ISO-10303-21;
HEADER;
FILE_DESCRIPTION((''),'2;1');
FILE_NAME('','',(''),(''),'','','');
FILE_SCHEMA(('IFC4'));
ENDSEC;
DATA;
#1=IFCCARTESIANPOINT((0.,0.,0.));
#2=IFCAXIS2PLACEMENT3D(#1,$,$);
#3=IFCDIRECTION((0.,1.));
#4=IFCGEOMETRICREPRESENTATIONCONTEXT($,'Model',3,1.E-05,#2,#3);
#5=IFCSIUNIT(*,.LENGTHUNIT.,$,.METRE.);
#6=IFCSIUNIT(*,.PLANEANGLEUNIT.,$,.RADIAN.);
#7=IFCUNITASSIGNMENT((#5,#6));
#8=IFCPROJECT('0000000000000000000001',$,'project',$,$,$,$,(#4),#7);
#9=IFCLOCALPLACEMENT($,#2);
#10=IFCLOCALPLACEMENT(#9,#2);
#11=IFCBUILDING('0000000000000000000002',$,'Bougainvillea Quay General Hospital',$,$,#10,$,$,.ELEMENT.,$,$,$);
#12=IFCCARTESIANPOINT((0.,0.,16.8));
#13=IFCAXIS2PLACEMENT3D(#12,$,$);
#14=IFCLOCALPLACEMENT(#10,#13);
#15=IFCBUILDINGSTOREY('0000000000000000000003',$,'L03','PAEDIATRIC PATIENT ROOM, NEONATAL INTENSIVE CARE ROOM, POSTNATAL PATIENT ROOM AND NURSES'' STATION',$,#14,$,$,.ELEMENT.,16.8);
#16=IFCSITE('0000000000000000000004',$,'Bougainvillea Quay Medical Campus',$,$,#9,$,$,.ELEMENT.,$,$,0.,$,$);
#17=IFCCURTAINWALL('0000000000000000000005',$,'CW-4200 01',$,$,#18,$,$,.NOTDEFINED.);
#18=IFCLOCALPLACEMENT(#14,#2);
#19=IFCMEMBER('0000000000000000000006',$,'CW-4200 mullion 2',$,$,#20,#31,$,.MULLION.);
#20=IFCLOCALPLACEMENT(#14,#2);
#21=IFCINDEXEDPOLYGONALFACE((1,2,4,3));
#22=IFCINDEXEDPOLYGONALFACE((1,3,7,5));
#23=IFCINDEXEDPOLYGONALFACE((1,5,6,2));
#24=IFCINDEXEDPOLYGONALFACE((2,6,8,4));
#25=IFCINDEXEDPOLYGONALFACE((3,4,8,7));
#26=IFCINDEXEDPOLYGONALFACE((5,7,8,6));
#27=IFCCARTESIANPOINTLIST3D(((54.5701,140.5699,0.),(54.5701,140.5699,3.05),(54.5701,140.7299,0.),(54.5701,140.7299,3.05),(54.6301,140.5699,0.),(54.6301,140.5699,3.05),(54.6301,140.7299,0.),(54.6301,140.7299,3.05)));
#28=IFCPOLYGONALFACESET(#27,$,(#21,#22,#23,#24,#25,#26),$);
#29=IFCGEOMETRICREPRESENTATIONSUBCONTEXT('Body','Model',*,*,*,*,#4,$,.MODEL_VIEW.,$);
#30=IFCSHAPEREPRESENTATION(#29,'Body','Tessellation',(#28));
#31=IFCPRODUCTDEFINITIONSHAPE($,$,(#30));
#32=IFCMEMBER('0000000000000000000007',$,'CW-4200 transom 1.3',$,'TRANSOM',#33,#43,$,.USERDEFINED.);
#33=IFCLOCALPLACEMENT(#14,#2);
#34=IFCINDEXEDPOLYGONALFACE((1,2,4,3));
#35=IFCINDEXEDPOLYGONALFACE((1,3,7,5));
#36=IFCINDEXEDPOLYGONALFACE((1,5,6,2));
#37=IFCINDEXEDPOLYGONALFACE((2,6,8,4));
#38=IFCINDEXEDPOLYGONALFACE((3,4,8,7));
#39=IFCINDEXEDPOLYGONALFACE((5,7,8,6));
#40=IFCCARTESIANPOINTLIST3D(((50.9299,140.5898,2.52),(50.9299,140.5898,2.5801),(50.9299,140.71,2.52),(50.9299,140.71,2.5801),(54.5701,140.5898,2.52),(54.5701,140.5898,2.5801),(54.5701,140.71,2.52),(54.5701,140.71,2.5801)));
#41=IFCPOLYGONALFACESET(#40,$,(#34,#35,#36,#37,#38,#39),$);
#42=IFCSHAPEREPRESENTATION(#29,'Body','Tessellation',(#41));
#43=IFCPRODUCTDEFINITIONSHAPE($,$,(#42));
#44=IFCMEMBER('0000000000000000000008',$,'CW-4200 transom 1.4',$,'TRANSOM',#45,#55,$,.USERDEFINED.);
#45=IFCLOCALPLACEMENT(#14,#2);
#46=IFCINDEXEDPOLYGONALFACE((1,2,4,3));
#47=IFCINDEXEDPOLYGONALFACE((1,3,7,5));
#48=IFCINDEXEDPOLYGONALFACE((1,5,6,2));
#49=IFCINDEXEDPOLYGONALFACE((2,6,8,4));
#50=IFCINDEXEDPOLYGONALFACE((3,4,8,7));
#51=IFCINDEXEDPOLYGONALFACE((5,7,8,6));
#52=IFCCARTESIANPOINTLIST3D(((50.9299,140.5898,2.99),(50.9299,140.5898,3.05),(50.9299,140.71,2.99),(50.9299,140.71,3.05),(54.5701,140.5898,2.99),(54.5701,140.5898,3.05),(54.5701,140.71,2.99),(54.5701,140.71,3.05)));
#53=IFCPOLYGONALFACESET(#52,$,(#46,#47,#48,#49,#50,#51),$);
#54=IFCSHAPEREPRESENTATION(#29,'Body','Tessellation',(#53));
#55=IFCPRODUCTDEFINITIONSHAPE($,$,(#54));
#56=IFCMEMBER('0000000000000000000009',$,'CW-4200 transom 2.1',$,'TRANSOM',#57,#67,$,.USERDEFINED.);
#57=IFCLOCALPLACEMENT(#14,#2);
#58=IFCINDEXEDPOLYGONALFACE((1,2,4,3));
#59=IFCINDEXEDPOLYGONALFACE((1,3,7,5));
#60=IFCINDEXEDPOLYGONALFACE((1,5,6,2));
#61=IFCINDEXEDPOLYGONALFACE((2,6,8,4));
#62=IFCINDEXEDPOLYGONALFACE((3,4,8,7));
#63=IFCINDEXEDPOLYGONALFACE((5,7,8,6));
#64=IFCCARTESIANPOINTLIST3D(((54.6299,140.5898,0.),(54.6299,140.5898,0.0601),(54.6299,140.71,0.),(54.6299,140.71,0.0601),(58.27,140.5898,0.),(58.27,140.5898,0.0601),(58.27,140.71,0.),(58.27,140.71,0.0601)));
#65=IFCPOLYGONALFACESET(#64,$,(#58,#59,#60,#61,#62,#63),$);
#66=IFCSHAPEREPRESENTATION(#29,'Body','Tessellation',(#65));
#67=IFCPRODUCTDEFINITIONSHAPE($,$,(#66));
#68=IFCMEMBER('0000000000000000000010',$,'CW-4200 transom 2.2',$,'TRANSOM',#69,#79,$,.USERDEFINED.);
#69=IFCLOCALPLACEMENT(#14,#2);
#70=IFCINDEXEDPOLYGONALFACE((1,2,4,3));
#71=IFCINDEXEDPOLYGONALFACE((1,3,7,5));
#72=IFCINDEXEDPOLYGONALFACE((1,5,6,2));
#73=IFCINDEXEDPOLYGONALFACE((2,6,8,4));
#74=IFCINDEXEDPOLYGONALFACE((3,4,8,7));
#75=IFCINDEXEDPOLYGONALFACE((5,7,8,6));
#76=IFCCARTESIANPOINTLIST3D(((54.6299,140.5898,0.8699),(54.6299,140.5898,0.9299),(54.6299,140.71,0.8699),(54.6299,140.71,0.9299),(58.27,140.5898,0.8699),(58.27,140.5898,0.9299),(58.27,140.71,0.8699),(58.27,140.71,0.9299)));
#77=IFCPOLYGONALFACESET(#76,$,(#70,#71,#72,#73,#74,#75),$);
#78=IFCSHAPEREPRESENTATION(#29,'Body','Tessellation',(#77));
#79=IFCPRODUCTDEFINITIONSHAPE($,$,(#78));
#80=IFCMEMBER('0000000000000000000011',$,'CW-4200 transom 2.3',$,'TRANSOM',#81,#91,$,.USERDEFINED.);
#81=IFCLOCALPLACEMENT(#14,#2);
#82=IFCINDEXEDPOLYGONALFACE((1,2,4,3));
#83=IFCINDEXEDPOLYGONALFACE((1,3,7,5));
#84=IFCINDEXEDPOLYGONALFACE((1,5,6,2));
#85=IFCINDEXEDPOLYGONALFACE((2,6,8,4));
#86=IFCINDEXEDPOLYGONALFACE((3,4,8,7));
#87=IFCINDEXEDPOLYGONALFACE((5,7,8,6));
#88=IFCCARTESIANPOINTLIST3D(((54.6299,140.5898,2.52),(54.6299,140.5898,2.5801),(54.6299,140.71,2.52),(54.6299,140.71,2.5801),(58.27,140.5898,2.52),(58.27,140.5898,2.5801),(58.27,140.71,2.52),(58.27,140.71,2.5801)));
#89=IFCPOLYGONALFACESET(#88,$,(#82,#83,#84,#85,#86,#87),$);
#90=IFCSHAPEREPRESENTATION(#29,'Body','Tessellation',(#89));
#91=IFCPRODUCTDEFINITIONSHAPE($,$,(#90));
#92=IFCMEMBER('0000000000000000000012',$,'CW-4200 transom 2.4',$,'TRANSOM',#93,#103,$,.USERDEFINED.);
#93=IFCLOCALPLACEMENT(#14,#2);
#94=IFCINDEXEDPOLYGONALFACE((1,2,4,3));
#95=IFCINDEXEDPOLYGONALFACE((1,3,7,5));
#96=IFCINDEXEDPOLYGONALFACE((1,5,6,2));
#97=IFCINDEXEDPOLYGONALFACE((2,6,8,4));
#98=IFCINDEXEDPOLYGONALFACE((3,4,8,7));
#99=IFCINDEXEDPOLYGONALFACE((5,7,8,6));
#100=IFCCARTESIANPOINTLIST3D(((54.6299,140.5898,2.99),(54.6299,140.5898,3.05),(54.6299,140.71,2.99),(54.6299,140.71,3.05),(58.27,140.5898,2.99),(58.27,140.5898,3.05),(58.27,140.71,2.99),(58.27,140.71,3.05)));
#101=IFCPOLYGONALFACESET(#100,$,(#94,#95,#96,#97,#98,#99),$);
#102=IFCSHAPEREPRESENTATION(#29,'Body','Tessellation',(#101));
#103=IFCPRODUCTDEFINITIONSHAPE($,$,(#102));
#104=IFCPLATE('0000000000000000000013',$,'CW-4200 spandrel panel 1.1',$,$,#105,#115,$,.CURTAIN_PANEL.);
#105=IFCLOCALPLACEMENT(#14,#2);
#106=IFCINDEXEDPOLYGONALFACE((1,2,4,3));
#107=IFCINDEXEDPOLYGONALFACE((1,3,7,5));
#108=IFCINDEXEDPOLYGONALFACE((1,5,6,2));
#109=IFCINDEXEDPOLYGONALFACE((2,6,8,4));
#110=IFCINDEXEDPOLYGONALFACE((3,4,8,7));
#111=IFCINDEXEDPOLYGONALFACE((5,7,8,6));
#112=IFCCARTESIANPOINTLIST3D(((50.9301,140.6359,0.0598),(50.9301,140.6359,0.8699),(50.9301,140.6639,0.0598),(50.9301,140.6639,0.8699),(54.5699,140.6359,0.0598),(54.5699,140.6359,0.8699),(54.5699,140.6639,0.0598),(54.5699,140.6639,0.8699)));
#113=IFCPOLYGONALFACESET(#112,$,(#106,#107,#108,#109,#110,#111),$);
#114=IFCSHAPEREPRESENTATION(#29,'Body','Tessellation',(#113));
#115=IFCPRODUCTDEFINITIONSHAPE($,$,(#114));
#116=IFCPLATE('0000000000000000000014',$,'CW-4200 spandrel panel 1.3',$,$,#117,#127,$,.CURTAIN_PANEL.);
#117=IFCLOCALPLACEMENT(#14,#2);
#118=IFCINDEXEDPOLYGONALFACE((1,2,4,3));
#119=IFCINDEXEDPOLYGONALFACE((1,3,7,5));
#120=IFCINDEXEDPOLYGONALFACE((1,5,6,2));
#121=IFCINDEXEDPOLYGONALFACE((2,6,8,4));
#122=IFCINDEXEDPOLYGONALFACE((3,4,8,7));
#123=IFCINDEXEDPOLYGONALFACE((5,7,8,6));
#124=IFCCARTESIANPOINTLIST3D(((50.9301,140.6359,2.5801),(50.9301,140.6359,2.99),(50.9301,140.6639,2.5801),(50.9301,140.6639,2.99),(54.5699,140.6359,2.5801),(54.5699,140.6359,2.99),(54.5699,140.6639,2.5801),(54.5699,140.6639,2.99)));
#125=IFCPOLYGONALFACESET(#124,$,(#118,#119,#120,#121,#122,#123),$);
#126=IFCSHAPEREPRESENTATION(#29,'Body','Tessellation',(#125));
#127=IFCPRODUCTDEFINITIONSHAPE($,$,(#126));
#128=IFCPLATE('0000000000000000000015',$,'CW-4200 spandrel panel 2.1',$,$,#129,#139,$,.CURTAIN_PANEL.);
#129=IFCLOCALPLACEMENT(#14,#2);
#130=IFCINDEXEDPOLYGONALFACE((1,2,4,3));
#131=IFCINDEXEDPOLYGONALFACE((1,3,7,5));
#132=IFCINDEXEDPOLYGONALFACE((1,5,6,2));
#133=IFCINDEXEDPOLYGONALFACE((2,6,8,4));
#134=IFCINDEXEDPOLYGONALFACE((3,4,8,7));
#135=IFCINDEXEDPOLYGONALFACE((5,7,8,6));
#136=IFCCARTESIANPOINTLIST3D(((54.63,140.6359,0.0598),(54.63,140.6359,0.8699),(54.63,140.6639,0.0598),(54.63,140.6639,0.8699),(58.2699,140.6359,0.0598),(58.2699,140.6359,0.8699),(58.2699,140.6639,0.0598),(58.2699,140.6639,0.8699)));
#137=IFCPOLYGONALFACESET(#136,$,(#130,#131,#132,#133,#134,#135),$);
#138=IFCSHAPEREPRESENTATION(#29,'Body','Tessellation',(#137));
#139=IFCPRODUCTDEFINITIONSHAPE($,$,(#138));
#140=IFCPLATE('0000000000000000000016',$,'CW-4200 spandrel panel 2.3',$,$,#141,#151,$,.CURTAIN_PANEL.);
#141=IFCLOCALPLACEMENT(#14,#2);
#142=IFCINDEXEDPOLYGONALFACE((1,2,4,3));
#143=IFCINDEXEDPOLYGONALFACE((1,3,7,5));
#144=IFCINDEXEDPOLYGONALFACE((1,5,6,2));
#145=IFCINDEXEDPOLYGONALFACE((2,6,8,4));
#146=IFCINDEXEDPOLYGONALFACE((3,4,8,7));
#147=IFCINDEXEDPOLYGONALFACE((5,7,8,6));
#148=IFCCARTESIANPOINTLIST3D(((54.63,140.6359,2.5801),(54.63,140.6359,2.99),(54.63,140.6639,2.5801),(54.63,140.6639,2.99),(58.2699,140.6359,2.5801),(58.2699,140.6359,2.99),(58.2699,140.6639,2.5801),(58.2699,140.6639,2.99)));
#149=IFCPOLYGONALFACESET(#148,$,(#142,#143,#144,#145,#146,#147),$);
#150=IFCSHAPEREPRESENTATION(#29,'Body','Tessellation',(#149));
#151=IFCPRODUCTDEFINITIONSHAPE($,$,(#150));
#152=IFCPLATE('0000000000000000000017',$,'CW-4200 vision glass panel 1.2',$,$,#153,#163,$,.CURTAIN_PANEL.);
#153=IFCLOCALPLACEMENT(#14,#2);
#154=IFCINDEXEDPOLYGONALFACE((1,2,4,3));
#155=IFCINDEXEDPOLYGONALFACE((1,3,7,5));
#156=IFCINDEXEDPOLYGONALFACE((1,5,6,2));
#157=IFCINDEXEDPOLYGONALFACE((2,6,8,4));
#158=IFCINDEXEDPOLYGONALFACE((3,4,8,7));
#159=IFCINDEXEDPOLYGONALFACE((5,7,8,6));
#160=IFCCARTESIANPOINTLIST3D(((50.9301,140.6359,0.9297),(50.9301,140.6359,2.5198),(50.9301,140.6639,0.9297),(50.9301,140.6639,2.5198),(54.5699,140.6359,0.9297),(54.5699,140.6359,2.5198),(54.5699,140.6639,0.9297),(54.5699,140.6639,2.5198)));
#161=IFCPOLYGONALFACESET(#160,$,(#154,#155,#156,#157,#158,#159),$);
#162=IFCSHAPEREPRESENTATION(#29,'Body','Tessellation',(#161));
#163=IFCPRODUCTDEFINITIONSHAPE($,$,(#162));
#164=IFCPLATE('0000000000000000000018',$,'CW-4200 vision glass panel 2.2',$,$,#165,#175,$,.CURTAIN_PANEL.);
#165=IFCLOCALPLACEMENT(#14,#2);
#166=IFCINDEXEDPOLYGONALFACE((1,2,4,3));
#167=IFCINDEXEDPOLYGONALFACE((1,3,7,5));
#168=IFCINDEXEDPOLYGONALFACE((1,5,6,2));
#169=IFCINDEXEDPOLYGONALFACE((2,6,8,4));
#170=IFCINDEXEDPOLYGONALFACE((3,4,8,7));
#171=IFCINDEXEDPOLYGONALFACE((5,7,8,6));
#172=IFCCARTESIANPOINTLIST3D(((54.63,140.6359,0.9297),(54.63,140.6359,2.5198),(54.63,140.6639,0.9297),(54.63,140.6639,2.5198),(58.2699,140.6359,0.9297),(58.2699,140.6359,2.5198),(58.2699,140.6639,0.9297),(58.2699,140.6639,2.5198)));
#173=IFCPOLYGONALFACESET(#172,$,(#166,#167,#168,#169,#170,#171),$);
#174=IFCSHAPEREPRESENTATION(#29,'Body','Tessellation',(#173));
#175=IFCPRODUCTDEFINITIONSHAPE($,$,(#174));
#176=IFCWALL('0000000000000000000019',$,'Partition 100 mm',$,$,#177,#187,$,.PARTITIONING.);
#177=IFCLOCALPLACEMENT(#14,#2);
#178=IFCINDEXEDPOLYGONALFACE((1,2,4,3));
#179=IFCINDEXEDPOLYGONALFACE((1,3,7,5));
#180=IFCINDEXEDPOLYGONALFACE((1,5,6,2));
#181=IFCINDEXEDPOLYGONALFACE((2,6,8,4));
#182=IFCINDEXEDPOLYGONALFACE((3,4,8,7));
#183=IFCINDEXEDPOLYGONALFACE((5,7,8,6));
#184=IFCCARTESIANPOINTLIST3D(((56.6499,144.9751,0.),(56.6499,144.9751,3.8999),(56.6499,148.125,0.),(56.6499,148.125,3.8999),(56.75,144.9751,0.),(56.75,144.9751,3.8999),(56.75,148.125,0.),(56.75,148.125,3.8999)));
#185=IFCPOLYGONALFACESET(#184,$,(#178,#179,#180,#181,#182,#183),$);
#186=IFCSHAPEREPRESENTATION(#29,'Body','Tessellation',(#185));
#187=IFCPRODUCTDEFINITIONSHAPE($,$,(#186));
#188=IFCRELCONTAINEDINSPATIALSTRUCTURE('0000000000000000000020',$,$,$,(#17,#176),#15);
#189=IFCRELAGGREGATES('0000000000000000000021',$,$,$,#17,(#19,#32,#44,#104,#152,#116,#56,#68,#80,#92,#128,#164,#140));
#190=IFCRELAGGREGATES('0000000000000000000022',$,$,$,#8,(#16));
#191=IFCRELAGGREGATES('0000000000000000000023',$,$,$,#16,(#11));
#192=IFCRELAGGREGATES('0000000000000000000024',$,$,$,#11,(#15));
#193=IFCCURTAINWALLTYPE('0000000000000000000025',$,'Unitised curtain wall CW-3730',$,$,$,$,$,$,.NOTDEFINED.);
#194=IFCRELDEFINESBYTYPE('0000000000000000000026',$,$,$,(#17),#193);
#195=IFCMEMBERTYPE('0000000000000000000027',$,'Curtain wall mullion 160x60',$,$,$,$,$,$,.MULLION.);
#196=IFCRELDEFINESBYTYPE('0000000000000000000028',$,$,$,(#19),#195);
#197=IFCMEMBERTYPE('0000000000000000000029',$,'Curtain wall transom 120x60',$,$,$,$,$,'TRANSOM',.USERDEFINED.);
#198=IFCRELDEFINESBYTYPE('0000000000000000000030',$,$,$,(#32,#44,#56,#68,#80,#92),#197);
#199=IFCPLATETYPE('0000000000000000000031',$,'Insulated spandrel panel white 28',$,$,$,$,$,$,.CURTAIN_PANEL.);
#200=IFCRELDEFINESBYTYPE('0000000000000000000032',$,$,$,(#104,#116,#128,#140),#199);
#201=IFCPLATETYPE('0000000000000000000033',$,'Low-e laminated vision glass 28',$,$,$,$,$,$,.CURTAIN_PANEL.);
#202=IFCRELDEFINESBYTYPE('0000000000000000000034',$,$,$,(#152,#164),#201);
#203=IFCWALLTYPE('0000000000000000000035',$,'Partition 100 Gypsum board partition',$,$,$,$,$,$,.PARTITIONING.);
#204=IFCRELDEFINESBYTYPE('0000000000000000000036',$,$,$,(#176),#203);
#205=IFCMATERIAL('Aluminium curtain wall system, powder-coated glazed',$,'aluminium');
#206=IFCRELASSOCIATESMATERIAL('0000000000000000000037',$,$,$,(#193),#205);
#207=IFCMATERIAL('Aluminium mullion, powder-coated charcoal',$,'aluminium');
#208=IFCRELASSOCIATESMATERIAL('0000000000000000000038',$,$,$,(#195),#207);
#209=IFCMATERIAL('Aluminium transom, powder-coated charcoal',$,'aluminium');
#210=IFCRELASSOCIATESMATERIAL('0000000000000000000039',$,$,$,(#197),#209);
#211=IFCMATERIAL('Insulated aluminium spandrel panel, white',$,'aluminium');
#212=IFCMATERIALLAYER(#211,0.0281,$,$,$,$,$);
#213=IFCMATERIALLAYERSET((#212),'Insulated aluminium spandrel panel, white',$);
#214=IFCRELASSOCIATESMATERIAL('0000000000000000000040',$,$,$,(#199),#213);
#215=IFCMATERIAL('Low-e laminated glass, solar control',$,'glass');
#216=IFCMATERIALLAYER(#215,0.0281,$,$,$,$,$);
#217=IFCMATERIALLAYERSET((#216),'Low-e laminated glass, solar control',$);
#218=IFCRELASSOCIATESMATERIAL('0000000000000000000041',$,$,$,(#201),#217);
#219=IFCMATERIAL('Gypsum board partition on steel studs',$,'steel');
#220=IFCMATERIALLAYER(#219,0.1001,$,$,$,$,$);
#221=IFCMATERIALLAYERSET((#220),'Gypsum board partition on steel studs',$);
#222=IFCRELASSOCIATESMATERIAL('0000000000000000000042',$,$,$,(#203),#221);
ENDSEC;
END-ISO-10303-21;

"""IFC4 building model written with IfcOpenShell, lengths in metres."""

from ifc_helpers import new_model, si_unit, direction, frame, frame_2d, origin, origin_2d, place, context, subcontext, project, spatial, rectangle, extrude, material, layer, layer_set, material_profile, profile_set, type_object, element, aggregate, save


model = new_model("IFC4")

# Units and contexts
model_context = context("Model", 3, precision=1e-05, world=origin(), true_north=direction((0.0, 1.0)))
body_context = subcontext(model_context, "Body", "Model", "MODEL_VIEW")
ifc_project = project(units=[si_unit("LENGTHUNIT", "METRE"), si_unit("PLANEANGLEUNIT", "RADIAN")], contexts=[model_context])

# Site, building, storey
site_placement = place(None, origin())
site = spatial("IfcSite", under=ifc_project, at=site_placement, Name="Bougainvillea Quay Medical Campus", CompositionType="ELEMENT", RefElevation=0.0)
building_placement = place(site_placement, origin())
building = spatial("IfcBuilding", under=site, at=building_placement, Name="Bougainvillea Quay General Hospital", CompositionType="ELEMENT")
storey_placement = place(building_placement, frame((0.0, 0.0, 16.8)))
storey = spatial("IfcBuildingStorey", under=building, at=storey_placement, Name="L03", Description="PAEDIATRIC PATIENT ROOM, NEONATAL INTENSIVE CARE ROOM, POSTNATAL PATIENT ROOM AND NURSES' STATION", CompositionType="ELEMENT", Elevation=16.8)

# Curtain wall, members, plates
ifc_material_1 = material(Name="Aluminium curtain wall system, powder-coated glazed", Category="aluminium")
curtain_wall_type = type_object("IfcCurtainWallType", Name="Unitised curtain wall CW-3730", PredefinedType="NOTDEFINED", material=ifc_material_1)
curtain_wall_placement = place(storey_placement, origin())
curtain_wall = element("IfcCurtainWall", 1, at=curtain_wall_placement, inside=storey, type_object=curtain_wall_type, Name="CW-4200 01", PredefinedType="NOTDEFINED")
ifc_material_2 = material(Name="Aluminium mullion, powder-coated charcoal", Category="aluminium")
ifc_material_profile_1 = material_profile(ifc_material_2, rectangle(XDim=0.1599, YDim=0.0601, at=origin_2d()))
ifc_profile_set_1 = profile_set([ifc_material_profile_1], Name="Aluminium mullion, powder-coated charcoal")
member_type_1 = type_object("IfcMemberType", Name="Curtain wall mullion 160x60", PredefinedType="MULLION", material=ifc_profile_set_1)
member_1_placement = place(storey_placement, frame((54.6001, 140.6499, 0.0), z_axis=(0.0, 0.0, 1.0), x_axis=(0.0, 1.0, 0.0)))
member_1 = element("IfcMember", 2, at=member_1_placement, type_object=member_type_1, Name="CW-4200 mullion 2", PredefinedType="MULLION", context=body_context, shape_type="SweptSolid", body=[
    extrude(rectangle(XDim=0.1599, YDim=0.0601, at=origin_2d()), origin(), (0.0, 0.0, 1.0), 3.05),
])
ifc_material_3 = material(Name="Aluminium transom, powder-coated charcoal", Category="aluminium")
ifc_material_profile_2 = material_profile(ifc_material_3, rectangle(XDim=0.1201, YDim=0.0601, at=origin_2d()))
ifc_profile_set_2 = profile_set([ifc_material_profile_2], Name="Aluminium transom, powder-coated charcoal")
member_type_2 = type_object("IfcMemberType", Name="Curtain wall transom 120x60", ElementType="TRANSOM", PredefinedType="USERDEFINED", material=ifc_profile_set_2)
member_2_placement = place(storey_placement, frame((50.9299, 140.6499, 2.55), z_axis=(1.0, 0.0, 0.0), x_axis=(0.0, 1.0, 0.0)))
member_2 = element("IfcMember", 3, at=member_2_placement, type_object=member_type_2, Name="CW-4200 transom 1.3", ObjectType="TRANSOM", PredefinedType="USERDEFINED", context=body_context, shape_type="SweptSolid", body=[
    extrude(rectangle(XDim=0.1201, YDim=0.0601, at=origin_2d()), origin(), (0.0, 0.0, 1.0), 3.6401),
])
member_3_placement = place(storey_placement, frame((50.9299, 140.6499, 3.02), z_axis=(1.0, 0.0, 0.0), x_axis=(0.0, 1.0, 0.0)))
member_3 = element("IfcMember", 4, at=member_3_placement, type_object=member_type_2, Name="CW-4200 transom 1.4", ObjectType="TRANSOM", PredefinedType="USERDEFINED", context=body_context, shape_type="SweptSolid", body=[
    extrude(rectangle(XDim=0.1201, YDim=0.0601, at=origin_2d()), origin(), (0.0, 0.0, 1.0), 3.6401),
])
member_4_placement = place(storey_placement, frame((54.6299, 140.6499, 0.03), z_axis=(1.0, 0.0, 0.0), x_axis=(0.0, 1.0, 0.0)))
member_4 = element("IfcMember", 5, at=member_4_placement, type_object=member_type_2, Name="CW-4200 transom 2.1", ObjectType="TRANSOM", PredefinedType="USERDEFINED", context=body_context, shape_type="SweptSolid", body=[
    extrude(rectangle(XDim=0.1201, YDim=0.0601, at=origin_2d()), origin(), (0.0, 0.0, 1.0), 3.6401),
])
member_5_placement = place(storey_placement, frame((54.6299, 140.6499, 0.8999), z_axis=(1.0, 0.0, 0.0), x_axis=(0.0, 1.0, 0.0)))
member_5 = element("IfcMember", 6, at=member_5_placement, type_object=member_type_2, Name="CW-4200 transom 2.2", ObjectType="TRANSOM", PredefinedType="USERDEFINED", context=body_context, shape_type="SweptSolid", body=[
    extrude(rectangle(XDim=0.1201, YDim=0.0601, at=origin_2d()), origin(), (0.0, 0.0, 1.0), 3.6401),
])
member_6_placement = place(storey_placement, frame((54.6299, 140.6499, 2.55), z_axis=(1.0, 0.0, 0.0), x_axis=(0.0, 1.0, 0.0)))
member_6 = element("IfcMember", 7, at=member_6_placement, type_object=member_type_2, Name="CW-4200 transom 2.3", ObjectType="TRANSOM", PredefinedType="USERDEFINED", context=body_context, shape_type="SweptSolid", body=[
    extrude(rectangle(XDim=0.1201, YDim=0.0601, at=origin_2d()), origin(), (0.0, 0.0, 1.0), 3.6401),
])
member_7_placement = place(storey_placement, frame((54.6299, 140.6499, 3.02), z_axis=(1.0, 0.0, 0.0), x_axis=(0.0, 1.0, 0.0)))
member_7 = element("IfcMember", 8, at=member_7_placement, type_object=member_type_2, Name="CW-4200 transom 2.4", ObjectType="TRANSOM", PredefinedType="USERDEFINED", context=body_context, shape_type="SweptSolid", body=[
    extrude(rectangle(XDim=0.1201, YDim=0.0601, at=origin_2d()), origin(), (0.0, 0.0, 1.0), 3.6401),
])
ifc_material_4 = material(Name="Insulated aluminium spandrel panel, white", Category="aluminium")
ifc_layer_1 = layer(ifc_material_4, 0.0281)
ifc_layer_set_1 = layer_set([ifc_layer_1], Name="Insulated aluminium spandrel panel, white")
plate_type_1 = type_object("IfcPlateType", Name="Insulated spandrel panel white 28", PredefinedType="CURTAIN_PANEL", material=ifc_layer_set_1)
plate_1_placement = place(storey_placement, frame((52.75, 140.6499, 0.0598), z_axis=(0.0, 0.0, 1.0), x_axis=(1.0, 0.0, 0.0)))
plate_1 = element("IfcPlate", 9, at=plate_1_placement, type_object=plate_type_1, Name="CW-4200 spandrel panel 1.1", PredefinedType="CURTAIN_PANEL", context=body_context, shape_type="SweptSolid", body=[
    extrude(rectangle(XDim=3.6399, YDim=0.0281, at=origin_2d()), origin(), (0.0, 0.0, 1.0), 0.8101),
])
plate_2_placement = place(storey_placement, frame((52.75, 140.6499, 2.5801), z_axis=(0.0, 0.0, 1.0), x_axis=(1.0, 0.0, 0.0)))
plate_2 = element("IfcPlate", 10, at=plate_2_placement, type_object=plate_type_1, Name="CW-4200 spandrel panel 1.3", PredefinedType="CURTAIN_PANEL", context=body_context, shape_type="SweptSolid", body=[
    extrude(rectangle(XDim=3.6399, YDim=0.0281, at=origin_2d()), origin(), (0.0, 0.0, 1.0), 0.4099),
])
plate_3_placement = place(storey_placement, frame((56.45, 140.6499, 0.0598), z_axis=(0.0, 0.0, 1.0), x_axis=(1.0, 0.0, 0.0)))
plate_3 = element("IfcPlate", 11, at=plate_3_placement, type_object=plate_type_1, Name="CW-4200 spandrel panel 2.1", PredefinedType="CURTAIN_PANEL", context=body_context, shape_type="SweptSolid", body=[
    extrude(rectangle(XDim=3.6399, YDim=0.0281, at=origin_2d()), origin(), (0.0, 0.0, 1.0), 0.8101),
])
plate_4_placement = place(storey_placement, frame((56.45, 140.6499, 2.5801), z_axis=(0.0, 0.0, 1.0), x_axis=(1.0, 0.0, 0.0)))
plate_4 = element("IfcPlate", 12, at=plate_4_placement, type_object=plate_type_1, Name="CW-4200 spandrel panel 2.3", PredefinedType="CURTAIN_PANEL", context=body_context, shape_type="SweptSolid", body=[
    extrude(rectangle(XDim=3.6399, YDim=0.0281, at=origin_2d()), origin(), (0.0, 0.0, 1.0), 0.4099),
])
ifc_material_5 = material(Name="Low-e laminated glass, solar control", Category="glass")
ifc_layer_2 = layer(ifc_material_5, 0.0281)
ifc_layer_set_2 = layer_set([ifc_layer_2], Name="Low-e laminated glass, solar control")
plate_type_2 = type_object("IfcPlateType", Name="Low-e laminated vision glass 28", PredefinedType="CURTAIN_PANEL", material=ifc_layer_set_2)
plate_5_placement = place(storey_placement, frame((52.75, 140.6499, 0.9297), z_axis=(0.0, 0.0, 1.0), x_axis=(1.0, 0.0, 0.0)))
plate_5 = element("IfcPlate", 13, at=plate_5_placement, type_object=plate_type_2, Name="CW-4200 vision glass panel 1.2", PredefinedType="CURTAIN_PANEL", context=body_context, shape_type="SweptSolid", body=[
    extrude(rectangle(XDim=3.6399, YDim=0.0281, at=origin_2d()), origin(), (0.0, 0.0, 1.0), 1.5901),
])
plate_6_placement = place(storey_placement, frame((56.45, 140.6499, 0.9297), z_axis=(0.0, 0.0, 1.0), x_axis=(1.0, 0.0, 0.0)))
plate_6 = element("IfcPlate", 14, at=plate_6_placement, type_object=plate_type_2, Name="CW-4200 vision glass panel 2.2", PredefinedType="CURTAIN_PANEL", context=body_context, shape_type="SweptSolid", body=[
    extrude(rectangle(XDim=3.6399, YDim=0.0281, at=origin_2d()), origin(), (0.0, 0.0, 1.0), 1.5901),
])
aggregate(curtain_wall, [member_1, member_2, member_3, plate_1, plate_5, plate_2, member_4, member_5, member_6, member_7, plate_3, plate_6, plate_4])

# Wall
ifc_material_6 = material(Name="Gypsum board partition on steel studs", Category="steel")
ifc_layer_3 = layer(ifc_material_6, 0.1001)
ifc_layer_set_3 = layer_set([ifc_layer_3], Name="Gypsum board partition on steel studs")
wall_type_1 = type_object("IfcWallType", Name="Partition 100 Gypsum board partition", PredefinedType="PARTITIONING", material=ifc_layer_set_3)
wall_1_placement = place(storey_placement, frame((56.7, 144.9751, 0.0), z_axis=(0.0, 0.0, 1.0), x_axis=(0.0, 1.0, 0.0)))
element("IfcWall", 15, at=wall_1_placement, inside=storey, type_object=wall_type_1, Name="Partition 100 mm", PredefinedType="PARTITIONING", context=body_context, shape_type="SweptSolid", body=[
    extrude(rectangle(XDim=3.1499, YDim=0.1001, at=frame_2d((1.575, 0.0))), origin(), (0.0, 0.0, 1.0), 3.8999),
])

save(model, "model.ifc")
